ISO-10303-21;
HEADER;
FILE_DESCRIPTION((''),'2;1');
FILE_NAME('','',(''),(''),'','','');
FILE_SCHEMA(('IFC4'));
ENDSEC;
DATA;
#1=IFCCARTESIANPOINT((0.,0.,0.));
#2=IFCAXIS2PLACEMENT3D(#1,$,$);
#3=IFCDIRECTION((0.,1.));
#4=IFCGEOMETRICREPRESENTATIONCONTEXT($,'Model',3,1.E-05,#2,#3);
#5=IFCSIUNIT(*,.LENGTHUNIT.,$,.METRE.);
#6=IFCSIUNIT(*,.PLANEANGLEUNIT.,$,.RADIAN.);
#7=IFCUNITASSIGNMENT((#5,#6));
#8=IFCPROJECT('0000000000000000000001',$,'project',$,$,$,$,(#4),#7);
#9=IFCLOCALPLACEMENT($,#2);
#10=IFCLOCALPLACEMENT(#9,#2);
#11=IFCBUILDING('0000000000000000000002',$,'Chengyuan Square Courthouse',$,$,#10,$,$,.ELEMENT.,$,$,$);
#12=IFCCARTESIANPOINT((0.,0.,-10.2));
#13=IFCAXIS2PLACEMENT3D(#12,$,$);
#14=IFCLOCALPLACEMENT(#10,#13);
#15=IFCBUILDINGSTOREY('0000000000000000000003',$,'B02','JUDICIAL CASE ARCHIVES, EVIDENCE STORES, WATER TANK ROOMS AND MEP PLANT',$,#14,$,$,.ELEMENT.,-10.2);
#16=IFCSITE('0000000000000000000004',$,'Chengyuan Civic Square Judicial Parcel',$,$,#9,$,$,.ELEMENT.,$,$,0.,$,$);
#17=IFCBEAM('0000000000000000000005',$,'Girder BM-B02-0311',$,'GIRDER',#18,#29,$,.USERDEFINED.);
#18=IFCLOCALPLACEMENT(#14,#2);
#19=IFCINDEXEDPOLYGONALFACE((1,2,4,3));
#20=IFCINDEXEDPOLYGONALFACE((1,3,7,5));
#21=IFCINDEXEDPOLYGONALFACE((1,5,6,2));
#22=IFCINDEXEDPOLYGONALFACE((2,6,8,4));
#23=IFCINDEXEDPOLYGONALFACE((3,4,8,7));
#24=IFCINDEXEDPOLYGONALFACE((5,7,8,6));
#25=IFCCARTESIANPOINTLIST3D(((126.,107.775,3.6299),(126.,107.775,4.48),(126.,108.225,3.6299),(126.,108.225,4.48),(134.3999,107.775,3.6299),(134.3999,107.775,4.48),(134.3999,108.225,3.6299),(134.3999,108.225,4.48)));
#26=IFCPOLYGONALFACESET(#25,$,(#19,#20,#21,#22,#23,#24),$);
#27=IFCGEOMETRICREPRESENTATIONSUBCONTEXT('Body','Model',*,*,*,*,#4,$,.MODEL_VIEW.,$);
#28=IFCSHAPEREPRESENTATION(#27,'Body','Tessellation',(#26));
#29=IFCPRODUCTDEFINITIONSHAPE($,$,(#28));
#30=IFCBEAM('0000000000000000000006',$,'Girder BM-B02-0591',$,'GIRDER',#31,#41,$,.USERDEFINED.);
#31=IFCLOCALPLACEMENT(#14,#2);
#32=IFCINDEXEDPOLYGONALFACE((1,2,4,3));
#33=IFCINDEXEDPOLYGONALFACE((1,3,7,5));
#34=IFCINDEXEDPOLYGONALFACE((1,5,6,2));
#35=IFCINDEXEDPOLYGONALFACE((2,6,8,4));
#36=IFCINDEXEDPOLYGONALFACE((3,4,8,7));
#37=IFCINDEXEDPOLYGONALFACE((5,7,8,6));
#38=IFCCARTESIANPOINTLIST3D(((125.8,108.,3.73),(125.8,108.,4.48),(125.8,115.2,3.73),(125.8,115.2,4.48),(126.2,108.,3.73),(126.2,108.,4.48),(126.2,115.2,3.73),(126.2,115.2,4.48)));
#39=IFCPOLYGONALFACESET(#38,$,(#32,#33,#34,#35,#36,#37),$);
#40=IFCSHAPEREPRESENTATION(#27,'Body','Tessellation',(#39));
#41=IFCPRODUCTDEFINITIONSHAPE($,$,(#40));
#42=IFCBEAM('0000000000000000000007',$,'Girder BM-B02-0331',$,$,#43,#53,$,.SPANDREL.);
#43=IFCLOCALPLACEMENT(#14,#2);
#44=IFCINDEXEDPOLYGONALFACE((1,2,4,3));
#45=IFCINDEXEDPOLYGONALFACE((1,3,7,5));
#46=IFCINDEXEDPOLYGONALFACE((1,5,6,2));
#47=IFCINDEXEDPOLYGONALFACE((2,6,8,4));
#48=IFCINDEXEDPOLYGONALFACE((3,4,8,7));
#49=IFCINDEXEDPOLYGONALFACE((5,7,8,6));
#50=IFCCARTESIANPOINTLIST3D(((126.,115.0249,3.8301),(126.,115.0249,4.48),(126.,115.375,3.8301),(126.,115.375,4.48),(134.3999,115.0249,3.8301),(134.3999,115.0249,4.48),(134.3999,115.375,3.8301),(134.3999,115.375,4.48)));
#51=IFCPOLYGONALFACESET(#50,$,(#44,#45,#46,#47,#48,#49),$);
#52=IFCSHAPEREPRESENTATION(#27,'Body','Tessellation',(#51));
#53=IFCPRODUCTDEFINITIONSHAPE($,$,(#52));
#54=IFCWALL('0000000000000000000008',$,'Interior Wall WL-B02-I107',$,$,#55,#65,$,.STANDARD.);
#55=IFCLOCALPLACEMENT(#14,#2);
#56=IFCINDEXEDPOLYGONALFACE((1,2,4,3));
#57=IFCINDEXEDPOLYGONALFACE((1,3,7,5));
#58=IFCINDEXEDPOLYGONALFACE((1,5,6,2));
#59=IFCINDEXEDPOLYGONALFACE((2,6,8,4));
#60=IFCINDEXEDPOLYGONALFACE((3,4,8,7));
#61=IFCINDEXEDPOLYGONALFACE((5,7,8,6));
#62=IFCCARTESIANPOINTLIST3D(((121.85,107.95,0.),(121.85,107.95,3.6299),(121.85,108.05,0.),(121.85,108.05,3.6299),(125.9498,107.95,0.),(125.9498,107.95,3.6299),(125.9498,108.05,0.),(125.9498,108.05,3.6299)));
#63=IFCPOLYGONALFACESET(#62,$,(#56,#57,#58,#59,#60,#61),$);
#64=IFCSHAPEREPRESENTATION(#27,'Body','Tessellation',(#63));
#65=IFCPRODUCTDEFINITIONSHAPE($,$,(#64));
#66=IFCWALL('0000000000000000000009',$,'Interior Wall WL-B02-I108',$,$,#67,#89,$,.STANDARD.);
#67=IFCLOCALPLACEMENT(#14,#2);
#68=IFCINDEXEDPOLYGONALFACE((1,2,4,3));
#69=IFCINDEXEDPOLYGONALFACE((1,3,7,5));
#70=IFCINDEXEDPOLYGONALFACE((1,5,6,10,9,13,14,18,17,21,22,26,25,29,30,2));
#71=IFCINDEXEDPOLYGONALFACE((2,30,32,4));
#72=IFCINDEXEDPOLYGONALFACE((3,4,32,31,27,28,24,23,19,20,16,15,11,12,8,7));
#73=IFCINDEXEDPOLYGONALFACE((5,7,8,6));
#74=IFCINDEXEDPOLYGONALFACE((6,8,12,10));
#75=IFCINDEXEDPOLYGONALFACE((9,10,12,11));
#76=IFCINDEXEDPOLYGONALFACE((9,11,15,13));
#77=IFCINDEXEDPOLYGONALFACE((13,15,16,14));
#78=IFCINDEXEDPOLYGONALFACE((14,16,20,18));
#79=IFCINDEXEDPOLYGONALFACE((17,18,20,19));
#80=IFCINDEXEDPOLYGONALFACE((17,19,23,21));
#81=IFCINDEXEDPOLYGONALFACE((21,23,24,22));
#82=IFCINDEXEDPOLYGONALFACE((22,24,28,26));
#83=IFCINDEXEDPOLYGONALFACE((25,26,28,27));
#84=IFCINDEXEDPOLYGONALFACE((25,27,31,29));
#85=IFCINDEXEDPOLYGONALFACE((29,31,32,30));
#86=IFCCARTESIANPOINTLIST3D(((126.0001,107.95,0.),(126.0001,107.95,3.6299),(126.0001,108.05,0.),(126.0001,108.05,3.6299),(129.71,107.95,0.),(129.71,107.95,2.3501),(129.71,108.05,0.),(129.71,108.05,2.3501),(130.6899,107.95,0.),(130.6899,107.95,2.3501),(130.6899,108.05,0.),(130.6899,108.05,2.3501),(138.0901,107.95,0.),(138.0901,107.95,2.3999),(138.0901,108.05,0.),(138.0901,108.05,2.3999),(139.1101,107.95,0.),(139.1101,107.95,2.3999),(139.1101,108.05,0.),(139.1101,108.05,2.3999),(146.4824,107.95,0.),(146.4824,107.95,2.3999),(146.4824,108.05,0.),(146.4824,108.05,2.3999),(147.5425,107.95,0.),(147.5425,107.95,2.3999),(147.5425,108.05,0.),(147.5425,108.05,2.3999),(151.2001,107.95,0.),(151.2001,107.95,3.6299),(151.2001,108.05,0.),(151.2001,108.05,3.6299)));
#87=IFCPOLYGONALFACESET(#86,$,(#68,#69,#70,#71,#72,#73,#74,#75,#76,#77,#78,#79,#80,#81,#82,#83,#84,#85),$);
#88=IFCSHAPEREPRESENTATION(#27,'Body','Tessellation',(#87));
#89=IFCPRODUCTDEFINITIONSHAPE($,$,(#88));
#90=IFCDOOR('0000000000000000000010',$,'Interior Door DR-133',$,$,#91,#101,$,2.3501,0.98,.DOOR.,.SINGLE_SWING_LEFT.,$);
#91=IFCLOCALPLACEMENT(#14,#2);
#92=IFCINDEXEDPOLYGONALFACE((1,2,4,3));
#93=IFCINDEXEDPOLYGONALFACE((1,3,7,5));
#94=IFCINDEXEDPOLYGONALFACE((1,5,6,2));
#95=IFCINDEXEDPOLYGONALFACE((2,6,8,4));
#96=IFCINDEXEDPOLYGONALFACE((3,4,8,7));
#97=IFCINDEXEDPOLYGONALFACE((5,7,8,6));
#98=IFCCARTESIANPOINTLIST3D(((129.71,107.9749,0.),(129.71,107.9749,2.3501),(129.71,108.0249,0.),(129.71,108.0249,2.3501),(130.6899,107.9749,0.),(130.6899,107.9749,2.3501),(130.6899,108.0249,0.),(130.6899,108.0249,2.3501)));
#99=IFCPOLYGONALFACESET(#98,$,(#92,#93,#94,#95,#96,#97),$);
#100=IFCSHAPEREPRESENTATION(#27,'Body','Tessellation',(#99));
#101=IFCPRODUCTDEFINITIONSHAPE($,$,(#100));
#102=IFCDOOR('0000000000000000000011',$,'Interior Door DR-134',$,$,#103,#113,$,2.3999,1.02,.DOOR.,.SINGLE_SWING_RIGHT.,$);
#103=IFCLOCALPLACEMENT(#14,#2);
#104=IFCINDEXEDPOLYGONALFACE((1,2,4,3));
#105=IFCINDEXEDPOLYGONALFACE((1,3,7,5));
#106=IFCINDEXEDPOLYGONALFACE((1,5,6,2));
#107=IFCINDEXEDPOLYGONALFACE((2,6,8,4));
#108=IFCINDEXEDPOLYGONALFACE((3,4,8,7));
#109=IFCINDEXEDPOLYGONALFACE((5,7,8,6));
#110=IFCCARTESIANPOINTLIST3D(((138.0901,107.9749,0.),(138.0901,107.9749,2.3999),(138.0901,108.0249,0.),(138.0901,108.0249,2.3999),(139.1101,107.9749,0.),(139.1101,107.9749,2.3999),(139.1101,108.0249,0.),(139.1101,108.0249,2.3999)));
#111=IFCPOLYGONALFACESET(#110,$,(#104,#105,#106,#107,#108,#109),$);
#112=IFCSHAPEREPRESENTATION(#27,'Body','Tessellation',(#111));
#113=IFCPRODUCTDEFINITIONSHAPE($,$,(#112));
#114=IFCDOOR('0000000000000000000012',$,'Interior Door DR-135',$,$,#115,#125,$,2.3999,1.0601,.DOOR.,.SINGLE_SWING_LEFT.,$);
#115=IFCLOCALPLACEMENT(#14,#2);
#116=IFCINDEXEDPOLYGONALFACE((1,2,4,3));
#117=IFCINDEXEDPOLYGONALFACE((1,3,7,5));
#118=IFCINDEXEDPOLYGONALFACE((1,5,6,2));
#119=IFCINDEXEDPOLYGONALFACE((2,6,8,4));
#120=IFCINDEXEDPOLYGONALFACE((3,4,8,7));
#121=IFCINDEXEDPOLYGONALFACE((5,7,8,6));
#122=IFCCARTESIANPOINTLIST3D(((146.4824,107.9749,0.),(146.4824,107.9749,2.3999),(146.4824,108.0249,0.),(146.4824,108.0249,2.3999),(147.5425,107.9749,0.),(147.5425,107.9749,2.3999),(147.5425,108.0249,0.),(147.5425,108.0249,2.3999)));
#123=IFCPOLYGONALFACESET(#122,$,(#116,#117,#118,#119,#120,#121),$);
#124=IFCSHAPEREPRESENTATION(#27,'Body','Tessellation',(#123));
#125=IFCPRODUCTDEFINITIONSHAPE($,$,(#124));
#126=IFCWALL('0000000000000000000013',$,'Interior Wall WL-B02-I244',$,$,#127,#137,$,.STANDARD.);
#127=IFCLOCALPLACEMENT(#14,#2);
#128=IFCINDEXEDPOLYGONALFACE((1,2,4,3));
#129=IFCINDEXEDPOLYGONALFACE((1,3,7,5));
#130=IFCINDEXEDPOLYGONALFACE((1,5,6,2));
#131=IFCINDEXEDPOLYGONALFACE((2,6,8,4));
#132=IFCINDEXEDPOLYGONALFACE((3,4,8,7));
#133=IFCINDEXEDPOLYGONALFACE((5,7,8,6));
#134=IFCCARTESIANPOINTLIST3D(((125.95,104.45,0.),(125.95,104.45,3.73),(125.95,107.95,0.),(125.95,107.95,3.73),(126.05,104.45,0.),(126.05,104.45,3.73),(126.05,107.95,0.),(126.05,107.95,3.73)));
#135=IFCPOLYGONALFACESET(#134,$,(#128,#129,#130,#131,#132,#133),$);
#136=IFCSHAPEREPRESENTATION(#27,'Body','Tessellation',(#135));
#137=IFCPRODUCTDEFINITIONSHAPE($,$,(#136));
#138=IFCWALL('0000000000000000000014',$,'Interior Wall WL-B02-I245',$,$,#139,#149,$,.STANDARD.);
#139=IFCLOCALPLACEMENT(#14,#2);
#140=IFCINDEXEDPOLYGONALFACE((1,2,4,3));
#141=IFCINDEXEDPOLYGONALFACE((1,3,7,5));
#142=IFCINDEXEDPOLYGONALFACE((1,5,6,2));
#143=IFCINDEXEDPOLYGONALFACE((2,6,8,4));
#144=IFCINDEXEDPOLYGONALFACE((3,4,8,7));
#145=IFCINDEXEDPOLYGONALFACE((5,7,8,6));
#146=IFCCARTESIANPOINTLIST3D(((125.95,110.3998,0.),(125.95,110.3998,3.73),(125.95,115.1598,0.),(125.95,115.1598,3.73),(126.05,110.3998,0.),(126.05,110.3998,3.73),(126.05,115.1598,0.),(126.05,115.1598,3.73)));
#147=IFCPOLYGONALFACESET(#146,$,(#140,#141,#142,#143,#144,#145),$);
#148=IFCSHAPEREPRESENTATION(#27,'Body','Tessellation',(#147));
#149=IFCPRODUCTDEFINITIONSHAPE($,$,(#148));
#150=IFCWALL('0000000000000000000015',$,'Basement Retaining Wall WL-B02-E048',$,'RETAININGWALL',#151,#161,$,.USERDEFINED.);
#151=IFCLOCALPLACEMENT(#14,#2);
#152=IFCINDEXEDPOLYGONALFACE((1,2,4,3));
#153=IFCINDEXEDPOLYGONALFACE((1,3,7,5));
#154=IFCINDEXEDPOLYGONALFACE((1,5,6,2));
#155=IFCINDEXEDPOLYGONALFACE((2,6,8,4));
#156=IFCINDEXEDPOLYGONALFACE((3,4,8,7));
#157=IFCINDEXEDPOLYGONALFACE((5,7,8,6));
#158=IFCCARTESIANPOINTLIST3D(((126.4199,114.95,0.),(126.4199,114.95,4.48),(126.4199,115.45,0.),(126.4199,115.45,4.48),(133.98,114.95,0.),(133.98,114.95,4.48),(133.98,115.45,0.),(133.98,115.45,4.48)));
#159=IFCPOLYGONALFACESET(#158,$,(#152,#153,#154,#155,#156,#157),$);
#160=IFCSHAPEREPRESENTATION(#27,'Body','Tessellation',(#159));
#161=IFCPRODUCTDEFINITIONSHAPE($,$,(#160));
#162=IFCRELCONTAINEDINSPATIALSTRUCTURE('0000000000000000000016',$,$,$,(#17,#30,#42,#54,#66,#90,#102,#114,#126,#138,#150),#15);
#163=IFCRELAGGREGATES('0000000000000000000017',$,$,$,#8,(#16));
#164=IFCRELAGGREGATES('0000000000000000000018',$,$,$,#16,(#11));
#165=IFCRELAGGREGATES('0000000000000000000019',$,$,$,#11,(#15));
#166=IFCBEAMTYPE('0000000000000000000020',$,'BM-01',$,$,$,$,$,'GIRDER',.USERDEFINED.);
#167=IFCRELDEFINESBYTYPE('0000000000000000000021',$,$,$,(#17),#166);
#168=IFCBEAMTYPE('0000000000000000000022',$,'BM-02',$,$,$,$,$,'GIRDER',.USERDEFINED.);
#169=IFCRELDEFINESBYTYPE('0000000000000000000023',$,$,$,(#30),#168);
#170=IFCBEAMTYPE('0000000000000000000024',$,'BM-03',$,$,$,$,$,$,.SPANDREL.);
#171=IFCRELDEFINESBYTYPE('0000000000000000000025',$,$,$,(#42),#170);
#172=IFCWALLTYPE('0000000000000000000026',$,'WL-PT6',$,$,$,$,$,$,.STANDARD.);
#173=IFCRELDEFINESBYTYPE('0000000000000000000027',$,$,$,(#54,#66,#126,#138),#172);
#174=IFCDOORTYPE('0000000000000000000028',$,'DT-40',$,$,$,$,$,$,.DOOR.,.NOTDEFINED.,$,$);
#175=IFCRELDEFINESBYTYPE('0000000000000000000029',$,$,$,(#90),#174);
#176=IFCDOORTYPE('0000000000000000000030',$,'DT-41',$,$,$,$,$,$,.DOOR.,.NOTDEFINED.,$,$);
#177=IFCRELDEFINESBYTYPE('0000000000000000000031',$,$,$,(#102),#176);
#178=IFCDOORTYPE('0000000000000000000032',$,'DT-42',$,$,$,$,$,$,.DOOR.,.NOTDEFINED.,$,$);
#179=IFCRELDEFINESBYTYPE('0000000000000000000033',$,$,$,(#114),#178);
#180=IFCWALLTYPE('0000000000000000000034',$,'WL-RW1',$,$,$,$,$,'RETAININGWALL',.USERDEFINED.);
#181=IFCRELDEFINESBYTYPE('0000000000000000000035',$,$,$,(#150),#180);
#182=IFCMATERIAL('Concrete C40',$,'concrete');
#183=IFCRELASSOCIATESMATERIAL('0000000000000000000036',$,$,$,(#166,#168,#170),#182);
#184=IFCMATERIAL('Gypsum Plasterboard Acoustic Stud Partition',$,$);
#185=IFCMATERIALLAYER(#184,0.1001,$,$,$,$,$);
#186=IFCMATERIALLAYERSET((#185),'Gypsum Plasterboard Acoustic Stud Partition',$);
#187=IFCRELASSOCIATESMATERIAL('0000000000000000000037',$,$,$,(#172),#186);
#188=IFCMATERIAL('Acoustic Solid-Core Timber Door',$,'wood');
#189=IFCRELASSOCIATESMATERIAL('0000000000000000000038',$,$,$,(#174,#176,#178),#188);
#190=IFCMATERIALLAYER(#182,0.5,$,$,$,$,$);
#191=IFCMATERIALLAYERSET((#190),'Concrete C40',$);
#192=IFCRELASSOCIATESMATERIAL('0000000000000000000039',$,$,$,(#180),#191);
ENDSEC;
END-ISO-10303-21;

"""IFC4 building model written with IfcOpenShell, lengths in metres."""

from ifc_helpers import new_model, si_unit, direction, frame, frame_2d, origin, origin_2d, place, context, subcontext, project, spatial, rectangle, extrude, material, layer, layer_set, material_profile, profile_set, type_object, element, fill, save


model = new_model("IFC4")

# Units and contexts
model_context = context("Model", 3, precision=1e-05, world=origin(), true_north=direction((0.0, 1.0)))
body_context = subcontext(model_context, "Body", "Model", "MODEL_VIEW")
ifc_project = project(units=[si_unit("LENGTHUNIT", "METRE"), si_unit("PLANEANGLEUNIT", "RADIAN")], contexts=[model_context])

# Site, building, storey
site_placement = place(None, origin())
site = spatial("IfcSite", under=ifc_project, at=site_placement, Name="Chengyuan Civic Square Judicial Parcel", CompositionType="ELEMENT", RefElevation=0.0)
building_placement = place(site_placement, origin())
building = spatial("IfcBuilding", under=site, at=building_placement, Name="Chengyuan Square Courthouse", CompositionType="ELEMENT")
storey_placement = place(building_placement, frame((0.0, 0.0, -10.2)))
storey = spatial("IfcBuildingStorey", under=building, at=storey_placement, Name="B02", Description="JUDICIAL CASE ARCHIVES, EVIDENCE STORES, WATER TANK ROOMS AND MEP PLANT", CompositionType="ELEMENT", Elevation=-10.2)

# Shared definitions
ifc_material_1 = material(Name="Concrete C40", Category="concrete")

# Beams
ifc_material_profile_1 = material_profile(ifc_material_1, rectangle(XDim=0.45, YDim=0.8501, at=origin_2d()), Name="RC-BM-450x850")
ifc_profile_set_1 = profile_set([ifc_material_profile_1], Name="Concrete C40")
beam_type_1 = type_object("IfcBeamType", Name="BM-01", ElementType="GIRDER", PredefinedType="USERDEFINED", material=ifc_profile_set_1)
beam_1_placement = place(storey_placement, frame((126.0, 108.0, 4.0549), z_axis=(1.0, 0.0, 0.0), x_axis=(0.0, 1.0, 0.0)))
element("IfcBeam", 1, at=beam_1_placement, inside=storey, type_object=beam_type_1, Name="Girder BM-B02-0311", ObjectType="GIRDER", PredefinedType="USERDEFINED", context=body_context, shape_type="SweptSolid", body=[
    extrude(rectangle(XDim=0.45, YDim=0.8501, at=origin_2d()), origin(), (0.0, 0.0, 1.0), 8.3999),
])
ifc_material_profile_2 = material_profile(ifc_material_1, rectangle(XDim=0.3999, YDim=0.75, at=origin_2d()), Name="RC-BM-400x750")
ifc_profile_set_2 = profile_set([ifc_material_profile_2], Name="Concrete C40")
beam_type_2 = type_object("IfcBeamType", Name="BM-02", ElementType="GIRDER", PredefinedType="USERDEFINED", material=ifc_profile_set_2)
beam_2_placement = place(storey_placement, frame((126.0, 108.0, 4.105), z_axis=(0.0, 1.0, 0.0), x_axis=(-1.0, 0.0, 0.0)))
element("IfcBeam", 2, at=beam_2_placement, inside=storey, type_object=beam_type_2, Name="Girder BM-B02-0591", ObjectType="GIRDER", PredefinedType="USERDEFINED", context=body_context, shape_type="SweptSolid", body=[
    extrude(rectangle(XDim=0.3999, YDim=0.75, at=origin_2d()), origin(), (0.0, 0.0, 1.0), 7.2),
])
ifc_material_profile_3 = material_profile(ifc_material_1, rectangle(XDim=0.3501, YDim=0.6499, at=origin_2d()), Name="RC-BM-350x650")
ifc_profile_set_3 = profile_set([ifc_material_profile_3], Name="Concrete C40")
beam_type_3 = type_object("IfcBeamType", Name="BM-03", PredefinedType="SPANDREL", material=ifc_profile_set_3)
beam_3_placement = place(storey_placement, frame((126.0, 115.2, 4.155), z_axis=(1.0, 0.0, 0.0), x_axis=(0.0, 1.0, 0.0)))
element("IfcBeam", 3, at=beam_3_placement, inside=storey, type_object=beam_type_3, Name="Girder BM-B02-0331", PredefinedType="SPANDREL", context=body_context, shape_type="SweptSolid", body=[
    extrude(rectangle(XDim=0.3501, YDim=0.6499, at=origin_2d()), origin(), (0.0, 0.0, 1.0), 8.3999),
])

# Wall
ifc_material_2 = material(Name="Gypsum Plasterboard Acoustic Stud Partition")
ifc_layer_1 = layer(ifc_material_2, 0.1001)
ifc_layer_set_1 = layer_set([ifc_layer_1], Name="Gypsum Plasterboard Acoustic Stud Partition")
wall_type_1 = type_object("IfcWallType", Name="WL-PT6", PredefinedType="STANDARD", material=ifc_layer_set_1)
wall_1_placement = place(storey_placement, frame((121.8501, 108.0, 0.0), z_axis=(0.0, 0.0, 1.0), x_axis=(1.0, 0.0, 0.0)))
element("IfcWall", 4, at=wall_1_placement, inside=storey, type_object=wall_type_1, Name="Interior Wall WL-B02-I107", PredefinedType="STANDARD", context=body_context, shape_type="SweptSolid", body=[
    extrude(rectangle(XDim=4.0999, YDim=0.1001, at=frame_2d((2.0498, 0.0))), origin(), (0.0, 0.0, 1.0), 3.6299),
])

# Wall, openings, doors
wall_2_placement = place(storey_placement, frame((126.0, 108.0, 0.0), z_axis=(0.0, 0.0, 1.0), x_axis=(1.0, 0.0, 0.0)))
wall_2 = element("IfcWall", 5, at=wall_2_placement, inside=storey, type_object=wall_type_1, Name="Interior Wall WL-B02-I108", PredefinedType="STANDARD", context=body_context, shape_type="SweptSolid", body=[
    extrude(rectangle(XDim=25.2, YDim=0.1001, at=frame_2d((12.6001, 0.0))), origin(), (0.0, 0.0, 1.0), 3.6299),
])
opening_1_placement = place(wall_2_placement, frame((3.71, 0.0, 0.0)))
opening_1 = element("IfcOpeningElement", 6, at=opening_1_placement, cuts=wall_2, PredefinedType="OPENING", context=body_context, shape_type="SweptSolid", body=[
    extrude(rectangle(XDim=0.98, YDim=2.3501, at=frame_2d((0.49, 1.175))), frame((0.0, 0.062, 0.0), z_axis=(0.0, -1.0, 0.0), x_axis=(1.0, 0.0, 0.0)), (0.0, 0.0, 1.0), 0.124),
])
opening_2_placement = place(wall_2_placement, frame((12.0901, 0.0, 0.0)))
opening_2 = element("IfcOpeningElement", 7, at=opening_2_placement, cuts=wall_2, PredefinedType="OPENING", context=body_context, shape_type="SweptSolid", body=[
    extrude(rectangle(XDim=1.02, YDim=2.3999, at=frame_2d((0.51, 1.2))), frame((0.0, 0.062, 0.0), z_axis=(0.0, -1.0, 0.0), x_axis=(1.0, 0.0, 0.0)), (0.0, 0.0, 1.0), 0.124),
])
opening_3_placement = place(wall_2_placement, frame((20.4824, 0.0, 0.0)))
opening_3 = element("IfcOpeningElement", 8, at=opening_3_placement, cuts=wall_2, PredefinedType="OPENING", context=body_context, shape_type="SweptSolid", body=[
    extrude(rectangle(XDim=1.0601, YDim=2.3999, at=frame_2d((0.53, 1.2))), frame((0.0, 0.062, 0.0), z_axis=(0.0, -1.0, 0.0), x_axis=(1.0, 0.0, 0.0)), (0.0, 0.0, 1.0), 0.124),
])
ifc_material_3 = material(Name="Acoustic Solid-Core Timber Door", Category="wood")
door_type_1 = type_object("IfcDoorType", Name="DT-40", OperationType="NOTDEFINED", PredefinedType="DOOR", material=ifc_material_3)
door_1_placement = place(opening_1_placement, origin())
door_1 = element("IfcDoor", 9, at=door_1_placement, inside=storey, type_object=door_type_1, Name="Interior Door DR-133", OperationType="SINGLE_SWING_LEFT", OverallHeight=2.3501, OverallWidth=0.98, PredefinedType="DOOR", context=body_context, shape_type="SweptSolid", body=[
    extrude(rectangle(XDim=0.98, YDim=2.3501, at=frame_2d((0.49, 1.175))), frame((0.0, 0.0249, 0.0), z_axis=(0.0, -1.0, 0.0), x_axis=(1.0, 0.0, 0.0)), (0.0, 0.0, 1.0), 0.05),
])
fill(opening_1, door_1)
door_type_2 = type_object("IfcDoorType", Name="DT-41", OperationType="NOTDEFINED", PredefinedType="DOOR", material=ifc_material_3)
door_2_placement = place(opening_2_placement, origin())
door_2 = element("IfcDoor", 10, at=door_2_placement, inside=storey, type_object=door_type_2, Name="Interior Door DR-134", OperationType="SINGLE_SWING_RIGHT", OverallHeight=2.3999, OverallWidth=1.02, PredefinedType="DOOR", context=body_context, shape_type="SweptSolid", body=[
    extrude(rectangle(XDim=1.02, YDim=2.3999, at=frame_2d((0.51, 1.2))), frame((0.0, 0.0249, 0.0), z_axis=(0.0, -1.0, 0.0), x_axis=(1.0, 0.0, 0.0)), (0.0, 0.0, 1.0), 0.05),
])
fill(opening_2, door_2)
door_type_3 = type_object("IfcDoorType", Name="DT-42", OperationType="NOTDEFINED", PredefinedType="DOOR", material=ifc_material_3)
door_3_placement = place(opening_3_placement, origin())
door_3 = element("IfcDoor", 11, at=door_3_placement, inside=storey, type_object=door_type_3, Name="Interior Door DR-135", OperationType="SINGLE_SWING_LEFT", OverallHeight=2.3999, OverallWidth=1.0601, PredefinedType="DOOR", context=body_context, shape_type="SweptSolid", body=[
    extrude(rectangle(XDim=1.0601, YDim=2.3999, at=frame_2d((0.53, 1.2))), frame((0.0, 0.0249, 0.0), z_axis=(0.0, -1.0, 0.0), x_axis=(1.0, 0.0, 0.0)), (0.0, 0.0, 1.0), 0.05),
])
fill(opening_3, door_3)

# Walls
wall_3_placement = place(storey_placement, frame((126.0, 104.45, 0.0), z_axis=(0.0, 0.0, 1.0), x_axis=(0.0, 1.0, 0.0)))
element("IfcWall", 12, at=wall_3_placement, inside=storey, type_object=wall_type_1, Name="Interior Wall WL-B02-I244", PredefinedType="STANDARD", context=body_context, shape_type="SweptSolid", body=[
    extrude(rectangle(XDim=3.5, YDim=0.1001, at=frame_2d((1.75, 0.0))), origin(), (0.0, 0.0, 1.0), 3.73),
])
wall_4_placement = place(storey_placement, frame((126.0, 110.3999, 0.0), z_axis=(0.0, 0.0, 1.0), x_axis=(0.0, 1.0, 0.0)))
element("IfcWall", 13, at=wall_4_placement, inside=storey, type_object=wall_type_1, Name="Interior Wall WL-B02-I245", PredefinedType="STANDARD", context=body_context, shape_type="SweptSolid", body=[
    extrude(rectangle(XDim=4.76, YDim=0.1001, at=frame_2d((2.3799, 0.0))), origin(), (0.0, 0.0, 1.0), 3.73),
])
ifc_layer_2 = layer(ifc_material_1, 0.5)
ifc_layer_set_2 = layer_set([ifc_layer_2], Name="Concrete C40")
wall_type_2 = type_object("IfcWallType", Name="WL-RW1", ElementType="RETAININGWALL", PredefinedType="USERDEFINED", material=ifc_layer_set_2)
wall_5_placement = place(storey_placement, frame((126.4199, 115.2, 0.0), z_axis=(0.0, 0.0, 1.0), x_axis=(1.0, 0.0, 0.0)))
element("IfcWall", 14, at=wall_5_placement, inside=storey, type_object=wall_type_2, Name="Basement Retaining Wall WL-B02-E048", ObjectType="RETAININGWALL", PredefinedType="USERDEFINED", context=body_context, shape_type="SweptSolid", body=[
    extrude(rectangle(XDim=7.5601, YDim=0.5, at=frame_2d((3.78, 0.0))), origin(), (0.0, 0.0, 1.0), 4.48),
])

save(model, "model.ifc")
